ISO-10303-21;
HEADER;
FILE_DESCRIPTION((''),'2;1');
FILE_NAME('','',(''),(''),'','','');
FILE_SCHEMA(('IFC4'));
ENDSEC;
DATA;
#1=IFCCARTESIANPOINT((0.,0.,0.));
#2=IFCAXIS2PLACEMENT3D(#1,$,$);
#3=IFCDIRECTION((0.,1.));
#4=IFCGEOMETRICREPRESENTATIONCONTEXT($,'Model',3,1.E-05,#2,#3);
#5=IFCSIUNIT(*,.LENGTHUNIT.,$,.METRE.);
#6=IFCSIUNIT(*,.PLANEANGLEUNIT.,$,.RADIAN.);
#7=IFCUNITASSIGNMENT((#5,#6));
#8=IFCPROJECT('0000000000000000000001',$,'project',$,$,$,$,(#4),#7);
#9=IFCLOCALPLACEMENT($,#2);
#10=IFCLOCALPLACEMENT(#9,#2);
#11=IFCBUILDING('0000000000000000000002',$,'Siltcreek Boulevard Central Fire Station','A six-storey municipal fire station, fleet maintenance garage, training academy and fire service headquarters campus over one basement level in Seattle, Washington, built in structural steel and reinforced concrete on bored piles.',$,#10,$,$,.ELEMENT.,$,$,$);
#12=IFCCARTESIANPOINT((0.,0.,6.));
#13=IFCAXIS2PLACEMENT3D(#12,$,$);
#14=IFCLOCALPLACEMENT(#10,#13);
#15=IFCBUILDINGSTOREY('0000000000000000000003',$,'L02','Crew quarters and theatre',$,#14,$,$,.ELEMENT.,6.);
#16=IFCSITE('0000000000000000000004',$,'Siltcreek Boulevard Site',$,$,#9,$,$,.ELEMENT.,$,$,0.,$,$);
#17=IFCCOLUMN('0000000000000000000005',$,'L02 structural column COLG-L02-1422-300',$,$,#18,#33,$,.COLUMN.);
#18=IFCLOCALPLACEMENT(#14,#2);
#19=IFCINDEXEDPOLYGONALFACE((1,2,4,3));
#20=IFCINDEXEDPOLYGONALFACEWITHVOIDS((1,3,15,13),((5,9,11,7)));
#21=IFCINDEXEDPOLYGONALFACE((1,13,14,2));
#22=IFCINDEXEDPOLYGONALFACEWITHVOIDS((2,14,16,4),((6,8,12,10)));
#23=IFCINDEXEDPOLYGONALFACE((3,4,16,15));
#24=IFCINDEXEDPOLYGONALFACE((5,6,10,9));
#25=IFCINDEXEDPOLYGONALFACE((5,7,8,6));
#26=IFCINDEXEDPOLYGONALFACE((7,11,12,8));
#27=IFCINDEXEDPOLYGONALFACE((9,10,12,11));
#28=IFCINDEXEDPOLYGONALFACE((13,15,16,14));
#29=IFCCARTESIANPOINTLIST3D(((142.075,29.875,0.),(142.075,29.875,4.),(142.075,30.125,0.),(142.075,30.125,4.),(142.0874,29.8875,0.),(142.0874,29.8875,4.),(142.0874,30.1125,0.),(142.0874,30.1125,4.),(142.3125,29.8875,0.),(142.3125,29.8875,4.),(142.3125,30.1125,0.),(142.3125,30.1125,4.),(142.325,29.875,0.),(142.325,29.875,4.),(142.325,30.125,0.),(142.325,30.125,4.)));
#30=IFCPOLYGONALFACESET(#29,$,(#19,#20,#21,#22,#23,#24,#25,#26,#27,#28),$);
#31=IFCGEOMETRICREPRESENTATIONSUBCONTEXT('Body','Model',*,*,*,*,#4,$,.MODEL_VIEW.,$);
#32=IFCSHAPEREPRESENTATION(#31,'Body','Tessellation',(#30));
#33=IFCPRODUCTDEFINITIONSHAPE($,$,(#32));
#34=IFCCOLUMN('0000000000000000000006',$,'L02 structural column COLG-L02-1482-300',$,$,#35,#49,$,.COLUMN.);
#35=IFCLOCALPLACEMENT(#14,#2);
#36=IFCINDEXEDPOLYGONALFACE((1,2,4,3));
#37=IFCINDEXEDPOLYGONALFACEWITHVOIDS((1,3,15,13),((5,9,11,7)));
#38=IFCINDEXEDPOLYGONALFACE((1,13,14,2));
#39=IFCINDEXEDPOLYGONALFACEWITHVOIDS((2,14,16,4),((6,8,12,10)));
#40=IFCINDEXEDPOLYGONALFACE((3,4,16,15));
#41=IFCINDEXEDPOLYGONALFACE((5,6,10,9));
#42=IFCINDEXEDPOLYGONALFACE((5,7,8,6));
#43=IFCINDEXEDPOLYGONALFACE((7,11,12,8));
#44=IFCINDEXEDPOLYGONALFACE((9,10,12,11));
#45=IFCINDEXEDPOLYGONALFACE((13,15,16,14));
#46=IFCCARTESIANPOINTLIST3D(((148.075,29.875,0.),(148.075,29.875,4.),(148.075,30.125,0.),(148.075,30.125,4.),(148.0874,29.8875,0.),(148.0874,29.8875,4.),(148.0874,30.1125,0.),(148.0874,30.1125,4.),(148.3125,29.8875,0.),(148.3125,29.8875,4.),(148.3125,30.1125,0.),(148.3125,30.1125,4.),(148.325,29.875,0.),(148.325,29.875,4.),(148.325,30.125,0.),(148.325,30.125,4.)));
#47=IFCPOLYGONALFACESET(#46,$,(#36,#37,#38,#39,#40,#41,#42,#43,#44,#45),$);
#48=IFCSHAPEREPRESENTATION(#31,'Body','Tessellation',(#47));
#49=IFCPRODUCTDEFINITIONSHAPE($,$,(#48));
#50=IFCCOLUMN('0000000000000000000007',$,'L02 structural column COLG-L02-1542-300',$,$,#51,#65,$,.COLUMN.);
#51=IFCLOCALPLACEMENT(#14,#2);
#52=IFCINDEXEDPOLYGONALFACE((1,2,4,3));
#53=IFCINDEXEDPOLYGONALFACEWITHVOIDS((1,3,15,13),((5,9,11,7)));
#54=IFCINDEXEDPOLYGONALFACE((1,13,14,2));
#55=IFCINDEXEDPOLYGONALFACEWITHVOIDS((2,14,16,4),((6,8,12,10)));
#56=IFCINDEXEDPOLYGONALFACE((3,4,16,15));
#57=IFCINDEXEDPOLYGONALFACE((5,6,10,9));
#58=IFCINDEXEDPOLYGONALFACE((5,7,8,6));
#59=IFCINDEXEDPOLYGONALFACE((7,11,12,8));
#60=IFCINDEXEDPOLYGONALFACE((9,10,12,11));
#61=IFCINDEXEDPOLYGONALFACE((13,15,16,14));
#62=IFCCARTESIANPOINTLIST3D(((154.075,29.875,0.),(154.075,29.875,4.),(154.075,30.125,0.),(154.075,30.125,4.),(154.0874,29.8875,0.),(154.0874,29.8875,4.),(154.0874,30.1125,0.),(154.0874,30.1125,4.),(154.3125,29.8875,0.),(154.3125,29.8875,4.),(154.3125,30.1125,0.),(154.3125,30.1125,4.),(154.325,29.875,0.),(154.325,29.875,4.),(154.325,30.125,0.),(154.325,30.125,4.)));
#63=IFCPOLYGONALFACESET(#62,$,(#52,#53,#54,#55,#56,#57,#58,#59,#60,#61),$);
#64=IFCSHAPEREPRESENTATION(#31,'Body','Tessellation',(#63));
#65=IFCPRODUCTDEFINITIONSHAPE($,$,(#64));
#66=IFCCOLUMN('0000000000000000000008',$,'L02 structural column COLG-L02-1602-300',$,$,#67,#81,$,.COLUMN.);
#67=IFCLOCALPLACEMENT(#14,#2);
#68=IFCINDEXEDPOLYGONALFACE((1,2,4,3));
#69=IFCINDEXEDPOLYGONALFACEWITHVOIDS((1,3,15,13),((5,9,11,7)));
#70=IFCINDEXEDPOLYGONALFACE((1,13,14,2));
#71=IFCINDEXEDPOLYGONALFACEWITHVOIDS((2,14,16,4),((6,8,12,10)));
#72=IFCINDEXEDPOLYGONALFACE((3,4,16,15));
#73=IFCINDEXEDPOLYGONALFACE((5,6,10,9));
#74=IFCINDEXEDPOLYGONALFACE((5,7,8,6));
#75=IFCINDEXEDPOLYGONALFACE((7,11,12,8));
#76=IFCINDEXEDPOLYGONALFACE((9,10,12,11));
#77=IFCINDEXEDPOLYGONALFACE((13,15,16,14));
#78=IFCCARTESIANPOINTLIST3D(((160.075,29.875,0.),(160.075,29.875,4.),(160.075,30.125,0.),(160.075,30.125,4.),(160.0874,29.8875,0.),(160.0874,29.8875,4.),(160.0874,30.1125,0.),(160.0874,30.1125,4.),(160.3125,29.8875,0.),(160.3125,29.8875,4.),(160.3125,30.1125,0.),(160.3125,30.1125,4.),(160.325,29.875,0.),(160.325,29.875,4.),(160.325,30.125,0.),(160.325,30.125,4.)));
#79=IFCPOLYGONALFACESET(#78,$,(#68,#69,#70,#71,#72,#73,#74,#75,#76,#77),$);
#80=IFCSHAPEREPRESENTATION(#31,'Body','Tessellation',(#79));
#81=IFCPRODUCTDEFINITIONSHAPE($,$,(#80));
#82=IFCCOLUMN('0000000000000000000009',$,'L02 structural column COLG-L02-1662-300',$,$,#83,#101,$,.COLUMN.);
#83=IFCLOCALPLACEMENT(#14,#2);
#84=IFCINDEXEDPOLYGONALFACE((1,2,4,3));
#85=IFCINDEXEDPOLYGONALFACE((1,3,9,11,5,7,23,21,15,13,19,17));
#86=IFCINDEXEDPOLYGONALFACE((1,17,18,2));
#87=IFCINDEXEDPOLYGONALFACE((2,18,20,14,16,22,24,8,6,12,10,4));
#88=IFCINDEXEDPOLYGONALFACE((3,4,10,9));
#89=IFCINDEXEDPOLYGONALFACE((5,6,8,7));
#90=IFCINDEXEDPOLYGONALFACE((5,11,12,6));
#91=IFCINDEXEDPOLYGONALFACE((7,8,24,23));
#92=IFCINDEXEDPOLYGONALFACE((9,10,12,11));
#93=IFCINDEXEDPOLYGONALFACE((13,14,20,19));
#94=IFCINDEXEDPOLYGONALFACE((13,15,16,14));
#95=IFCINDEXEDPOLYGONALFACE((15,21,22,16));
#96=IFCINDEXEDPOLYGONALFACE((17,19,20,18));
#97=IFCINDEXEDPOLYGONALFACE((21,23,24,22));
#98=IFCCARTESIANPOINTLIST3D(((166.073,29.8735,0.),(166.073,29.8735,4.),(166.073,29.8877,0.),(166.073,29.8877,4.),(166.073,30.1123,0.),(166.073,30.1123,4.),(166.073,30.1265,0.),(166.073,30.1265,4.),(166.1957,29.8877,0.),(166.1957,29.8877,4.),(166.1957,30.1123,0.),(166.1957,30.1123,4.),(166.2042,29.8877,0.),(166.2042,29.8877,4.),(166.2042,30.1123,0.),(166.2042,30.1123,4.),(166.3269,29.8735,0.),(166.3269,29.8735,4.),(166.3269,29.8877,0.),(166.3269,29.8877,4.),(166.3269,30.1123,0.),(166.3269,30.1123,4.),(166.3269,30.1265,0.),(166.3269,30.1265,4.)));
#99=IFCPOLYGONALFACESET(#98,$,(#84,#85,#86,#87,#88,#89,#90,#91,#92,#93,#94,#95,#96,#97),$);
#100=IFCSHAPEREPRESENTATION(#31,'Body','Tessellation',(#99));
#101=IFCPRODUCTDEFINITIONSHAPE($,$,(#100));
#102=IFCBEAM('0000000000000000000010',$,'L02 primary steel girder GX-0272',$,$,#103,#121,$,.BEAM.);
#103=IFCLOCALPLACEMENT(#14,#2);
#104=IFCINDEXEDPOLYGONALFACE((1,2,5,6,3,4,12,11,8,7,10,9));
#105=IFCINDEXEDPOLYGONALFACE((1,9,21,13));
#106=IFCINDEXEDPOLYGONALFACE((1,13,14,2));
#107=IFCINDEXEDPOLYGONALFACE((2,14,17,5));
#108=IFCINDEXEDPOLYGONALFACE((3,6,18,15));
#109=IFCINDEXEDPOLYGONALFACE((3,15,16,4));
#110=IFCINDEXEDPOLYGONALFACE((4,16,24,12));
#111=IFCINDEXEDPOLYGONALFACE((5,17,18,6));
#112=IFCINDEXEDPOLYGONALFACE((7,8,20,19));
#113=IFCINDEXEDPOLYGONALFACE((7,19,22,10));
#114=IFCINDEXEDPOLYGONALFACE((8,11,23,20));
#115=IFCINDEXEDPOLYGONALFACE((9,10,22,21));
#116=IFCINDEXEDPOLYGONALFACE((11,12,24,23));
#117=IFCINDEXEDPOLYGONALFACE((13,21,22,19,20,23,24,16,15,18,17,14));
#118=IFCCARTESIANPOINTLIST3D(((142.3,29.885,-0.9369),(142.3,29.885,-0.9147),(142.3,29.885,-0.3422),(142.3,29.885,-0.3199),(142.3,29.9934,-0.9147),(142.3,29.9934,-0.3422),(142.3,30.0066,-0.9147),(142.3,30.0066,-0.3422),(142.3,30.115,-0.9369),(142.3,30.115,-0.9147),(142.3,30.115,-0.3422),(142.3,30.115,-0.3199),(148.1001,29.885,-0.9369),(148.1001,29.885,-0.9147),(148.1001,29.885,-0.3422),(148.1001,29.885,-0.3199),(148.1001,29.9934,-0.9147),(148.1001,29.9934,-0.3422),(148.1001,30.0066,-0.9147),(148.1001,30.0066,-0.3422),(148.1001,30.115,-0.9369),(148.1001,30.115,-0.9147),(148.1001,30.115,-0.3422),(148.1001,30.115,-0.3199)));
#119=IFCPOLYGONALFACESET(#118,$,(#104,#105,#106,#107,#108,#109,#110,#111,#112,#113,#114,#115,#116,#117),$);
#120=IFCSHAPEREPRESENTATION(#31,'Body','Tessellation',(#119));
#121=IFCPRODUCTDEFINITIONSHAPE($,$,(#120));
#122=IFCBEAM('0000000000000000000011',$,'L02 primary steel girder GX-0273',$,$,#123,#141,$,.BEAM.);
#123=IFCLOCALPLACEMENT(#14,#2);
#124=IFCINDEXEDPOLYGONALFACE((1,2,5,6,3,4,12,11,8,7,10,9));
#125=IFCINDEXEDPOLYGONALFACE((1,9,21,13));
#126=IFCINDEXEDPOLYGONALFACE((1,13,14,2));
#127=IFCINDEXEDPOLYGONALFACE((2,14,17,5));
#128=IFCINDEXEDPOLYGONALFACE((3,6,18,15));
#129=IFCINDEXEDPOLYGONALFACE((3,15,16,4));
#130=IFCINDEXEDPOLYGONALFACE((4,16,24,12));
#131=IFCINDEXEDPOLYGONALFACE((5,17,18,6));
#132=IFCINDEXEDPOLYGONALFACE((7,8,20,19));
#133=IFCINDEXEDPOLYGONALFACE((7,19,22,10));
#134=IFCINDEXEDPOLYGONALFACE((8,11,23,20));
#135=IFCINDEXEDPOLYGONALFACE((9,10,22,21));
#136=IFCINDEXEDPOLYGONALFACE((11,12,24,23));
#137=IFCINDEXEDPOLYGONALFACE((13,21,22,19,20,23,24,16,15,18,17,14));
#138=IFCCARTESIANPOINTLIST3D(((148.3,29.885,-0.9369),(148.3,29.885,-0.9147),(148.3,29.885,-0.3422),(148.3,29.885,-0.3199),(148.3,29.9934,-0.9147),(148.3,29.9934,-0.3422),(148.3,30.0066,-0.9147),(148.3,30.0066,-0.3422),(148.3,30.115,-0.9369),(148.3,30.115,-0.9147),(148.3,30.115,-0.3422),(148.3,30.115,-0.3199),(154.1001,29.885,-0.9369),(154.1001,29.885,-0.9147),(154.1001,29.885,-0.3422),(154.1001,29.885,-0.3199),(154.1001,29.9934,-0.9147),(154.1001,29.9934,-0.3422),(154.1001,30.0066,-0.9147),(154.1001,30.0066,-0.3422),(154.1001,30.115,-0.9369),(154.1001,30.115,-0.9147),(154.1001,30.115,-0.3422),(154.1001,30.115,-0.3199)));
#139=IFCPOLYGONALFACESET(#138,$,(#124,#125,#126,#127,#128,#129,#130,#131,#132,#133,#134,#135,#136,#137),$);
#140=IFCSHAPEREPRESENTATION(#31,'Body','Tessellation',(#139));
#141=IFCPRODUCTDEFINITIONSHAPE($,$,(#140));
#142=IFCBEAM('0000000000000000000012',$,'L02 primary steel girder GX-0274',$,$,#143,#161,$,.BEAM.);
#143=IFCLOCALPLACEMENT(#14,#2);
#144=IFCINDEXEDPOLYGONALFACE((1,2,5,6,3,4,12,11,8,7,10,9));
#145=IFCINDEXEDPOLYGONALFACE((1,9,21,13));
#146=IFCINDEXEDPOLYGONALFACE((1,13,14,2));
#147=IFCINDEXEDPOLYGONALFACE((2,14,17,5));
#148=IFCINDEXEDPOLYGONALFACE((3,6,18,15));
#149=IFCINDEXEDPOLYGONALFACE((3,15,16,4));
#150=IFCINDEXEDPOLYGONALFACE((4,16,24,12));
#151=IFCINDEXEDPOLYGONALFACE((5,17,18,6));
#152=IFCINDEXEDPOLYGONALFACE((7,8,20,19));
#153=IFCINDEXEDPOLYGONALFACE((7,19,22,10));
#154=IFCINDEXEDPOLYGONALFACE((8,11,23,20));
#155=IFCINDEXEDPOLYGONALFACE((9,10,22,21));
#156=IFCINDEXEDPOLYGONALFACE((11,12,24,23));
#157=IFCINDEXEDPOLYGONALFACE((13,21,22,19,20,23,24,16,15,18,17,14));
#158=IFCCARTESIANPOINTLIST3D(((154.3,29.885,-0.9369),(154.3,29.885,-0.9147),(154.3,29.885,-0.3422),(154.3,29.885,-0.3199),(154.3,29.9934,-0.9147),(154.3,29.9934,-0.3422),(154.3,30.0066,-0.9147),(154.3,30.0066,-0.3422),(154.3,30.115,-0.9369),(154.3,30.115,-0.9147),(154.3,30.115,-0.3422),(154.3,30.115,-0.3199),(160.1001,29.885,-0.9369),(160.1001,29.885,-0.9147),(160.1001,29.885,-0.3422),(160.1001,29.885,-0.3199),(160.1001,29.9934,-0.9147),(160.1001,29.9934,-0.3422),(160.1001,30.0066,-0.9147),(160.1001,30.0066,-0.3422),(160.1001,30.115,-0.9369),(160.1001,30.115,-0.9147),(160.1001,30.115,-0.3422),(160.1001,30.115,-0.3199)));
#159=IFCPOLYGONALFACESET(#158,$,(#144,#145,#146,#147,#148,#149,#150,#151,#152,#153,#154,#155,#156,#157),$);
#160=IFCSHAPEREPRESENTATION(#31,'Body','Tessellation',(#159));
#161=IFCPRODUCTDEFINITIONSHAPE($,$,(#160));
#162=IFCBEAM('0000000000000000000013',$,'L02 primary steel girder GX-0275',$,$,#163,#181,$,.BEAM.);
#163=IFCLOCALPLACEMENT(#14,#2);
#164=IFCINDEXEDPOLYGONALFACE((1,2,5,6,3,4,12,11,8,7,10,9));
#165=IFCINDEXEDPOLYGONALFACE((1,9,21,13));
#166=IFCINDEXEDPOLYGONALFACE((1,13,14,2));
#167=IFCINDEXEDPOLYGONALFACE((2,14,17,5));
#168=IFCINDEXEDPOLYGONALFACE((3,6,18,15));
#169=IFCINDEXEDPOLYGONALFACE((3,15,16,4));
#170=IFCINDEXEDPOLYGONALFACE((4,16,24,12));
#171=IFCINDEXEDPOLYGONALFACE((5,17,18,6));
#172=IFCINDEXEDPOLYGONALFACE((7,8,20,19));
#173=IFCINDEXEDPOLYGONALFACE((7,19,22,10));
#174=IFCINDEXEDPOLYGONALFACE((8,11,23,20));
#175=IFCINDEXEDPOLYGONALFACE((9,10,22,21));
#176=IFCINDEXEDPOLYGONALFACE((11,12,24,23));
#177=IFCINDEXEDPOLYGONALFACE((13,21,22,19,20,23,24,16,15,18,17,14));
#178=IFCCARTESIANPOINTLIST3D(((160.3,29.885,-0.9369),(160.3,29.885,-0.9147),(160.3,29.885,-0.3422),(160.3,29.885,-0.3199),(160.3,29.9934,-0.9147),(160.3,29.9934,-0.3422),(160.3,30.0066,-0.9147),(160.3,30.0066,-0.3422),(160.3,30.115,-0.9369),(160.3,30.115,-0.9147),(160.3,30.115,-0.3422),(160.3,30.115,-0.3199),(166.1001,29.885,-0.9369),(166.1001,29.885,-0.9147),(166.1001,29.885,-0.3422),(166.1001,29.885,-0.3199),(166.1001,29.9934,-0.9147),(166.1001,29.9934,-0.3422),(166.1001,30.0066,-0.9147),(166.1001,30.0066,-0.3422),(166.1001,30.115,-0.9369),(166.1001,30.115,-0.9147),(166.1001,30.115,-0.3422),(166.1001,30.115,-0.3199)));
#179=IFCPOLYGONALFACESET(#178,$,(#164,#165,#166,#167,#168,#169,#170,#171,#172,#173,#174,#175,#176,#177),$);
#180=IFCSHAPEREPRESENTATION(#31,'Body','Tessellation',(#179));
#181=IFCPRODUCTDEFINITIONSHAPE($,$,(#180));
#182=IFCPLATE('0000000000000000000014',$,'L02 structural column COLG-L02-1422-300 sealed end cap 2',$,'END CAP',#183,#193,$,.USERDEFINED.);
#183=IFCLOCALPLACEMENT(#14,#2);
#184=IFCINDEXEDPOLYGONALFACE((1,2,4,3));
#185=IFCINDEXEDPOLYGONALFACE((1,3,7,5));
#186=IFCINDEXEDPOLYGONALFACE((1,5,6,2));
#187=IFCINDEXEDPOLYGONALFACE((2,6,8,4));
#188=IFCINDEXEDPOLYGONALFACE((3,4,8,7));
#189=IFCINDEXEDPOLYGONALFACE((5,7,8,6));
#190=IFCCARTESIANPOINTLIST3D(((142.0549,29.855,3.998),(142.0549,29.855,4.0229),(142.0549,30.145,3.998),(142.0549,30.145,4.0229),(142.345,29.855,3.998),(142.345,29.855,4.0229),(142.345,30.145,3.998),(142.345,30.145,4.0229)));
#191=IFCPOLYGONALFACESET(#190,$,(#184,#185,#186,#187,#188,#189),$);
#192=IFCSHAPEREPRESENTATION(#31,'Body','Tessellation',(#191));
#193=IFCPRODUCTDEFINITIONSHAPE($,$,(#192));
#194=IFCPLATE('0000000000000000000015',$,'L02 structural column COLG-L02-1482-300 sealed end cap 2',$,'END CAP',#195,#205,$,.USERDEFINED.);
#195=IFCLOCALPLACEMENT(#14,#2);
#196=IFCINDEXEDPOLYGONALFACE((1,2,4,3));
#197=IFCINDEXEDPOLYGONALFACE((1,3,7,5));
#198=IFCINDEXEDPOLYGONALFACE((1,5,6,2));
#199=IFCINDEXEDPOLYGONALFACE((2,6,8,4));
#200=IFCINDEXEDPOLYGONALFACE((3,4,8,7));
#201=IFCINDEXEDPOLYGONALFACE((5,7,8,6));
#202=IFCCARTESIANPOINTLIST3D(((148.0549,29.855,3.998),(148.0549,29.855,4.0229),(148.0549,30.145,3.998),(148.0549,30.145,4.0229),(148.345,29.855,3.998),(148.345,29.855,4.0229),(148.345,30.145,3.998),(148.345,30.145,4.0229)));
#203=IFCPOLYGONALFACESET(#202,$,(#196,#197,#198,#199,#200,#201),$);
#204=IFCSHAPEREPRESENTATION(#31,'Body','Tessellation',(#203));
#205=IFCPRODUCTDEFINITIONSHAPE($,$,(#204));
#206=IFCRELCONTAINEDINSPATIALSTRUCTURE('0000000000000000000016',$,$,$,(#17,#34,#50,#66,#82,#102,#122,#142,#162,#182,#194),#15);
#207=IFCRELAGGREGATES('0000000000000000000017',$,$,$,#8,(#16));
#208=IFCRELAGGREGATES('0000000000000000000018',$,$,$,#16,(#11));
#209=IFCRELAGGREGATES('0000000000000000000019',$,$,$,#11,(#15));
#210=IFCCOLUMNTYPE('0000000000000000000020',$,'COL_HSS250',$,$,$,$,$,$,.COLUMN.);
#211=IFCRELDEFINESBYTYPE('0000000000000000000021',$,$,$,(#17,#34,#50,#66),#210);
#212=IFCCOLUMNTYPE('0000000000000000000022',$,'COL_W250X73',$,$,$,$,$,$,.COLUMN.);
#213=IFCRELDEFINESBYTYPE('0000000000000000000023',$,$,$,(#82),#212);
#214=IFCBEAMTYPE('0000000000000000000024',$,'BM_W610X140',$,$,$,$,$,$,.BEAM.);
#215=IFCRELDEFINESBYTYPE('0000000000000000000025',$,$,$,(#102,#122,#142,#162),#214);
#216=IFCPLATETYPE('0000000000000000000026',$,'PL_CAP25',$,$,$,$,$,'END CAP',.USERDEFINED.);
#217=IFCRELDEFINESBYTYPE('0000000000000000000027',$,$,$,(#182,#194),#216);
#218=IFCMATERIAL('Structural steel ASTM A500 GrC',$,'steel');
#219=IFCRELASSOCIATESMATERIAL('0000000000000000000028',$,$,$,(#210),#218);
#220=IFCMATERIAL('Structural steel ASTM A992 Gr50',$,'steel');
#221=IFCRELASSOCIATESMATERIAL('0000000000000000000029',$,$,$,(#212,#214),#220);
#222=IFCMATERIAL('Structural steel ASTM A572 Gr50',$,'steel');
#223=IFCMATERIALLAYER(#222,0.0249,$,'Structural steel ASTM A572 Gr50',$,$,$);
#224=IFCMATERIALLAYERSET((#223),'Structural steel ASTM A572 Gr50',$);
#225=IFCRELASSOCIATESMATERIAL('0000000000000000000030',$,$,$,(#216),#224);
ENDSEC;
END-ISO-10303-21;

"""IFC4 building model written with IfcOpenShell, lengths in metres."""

from ifc_helpers import new_model, si_unit, direction, frame, origin, origin_2d, place, context, subcontext, project, spatial, rectangle, hollow_rectangle, i_section, extrude, material, layer, layer_set, material_profile, profile_set, type_object, element, save


model = new_model("IFC4")

# Units and contexts
model_context = context("Model", 3, precision=1e-05, world=origin(), true_north=direction((0.0, 1.0)))
body_context = subcontext(model_context, "Body", "Model", "MODEL_VIEW")
ifc_project = project(units=[si_unit("LENGTHUNIT", "METRE"), si_unit("PLANEANGLEUNIT", "RADIAN")], contexts=[model_context])

# Site, building, storey
site_placement = place(None, origin())
site = spatial("IfcSite", under=ifc_project, at=site_placement, Name="Siltcreek Boulevard Site", CompositionType="ELEMENT", RefElevation=0.0)
building_placement = place(site_placement, origin())
building = spatial("IfcBuilding", under=site, at=building_placement, Name="Siltcreek Boulevard Central Fire Station", Description="A six-storey municipal fire station, fleet maintenance garage, training academy and fire service headquarters campus over one basement level in Seattle, Washington, built in structural steel and reinforced concrete on bored piles.", CompositionType="ELEMENT")
storey_placement = place(building_placement, frame((0.0, 0.0, 6.0)))
storey = spatial("IfcBuildingStorey", under=building, at=storey_placement, Name="L02", Description="Crew quarters and theatre", CompositionType="ELEMENT", Elevation=6.0)

# Columns
ifc_material_1 = material(Name="Structural steel ASTM A500 GrC", Category="steel")
ifc_material_profile_1 = material_profile(ifc_material_1, hollow_rectangle(XDim=0.25, YDim=0.25, WallThickness=0.0125, at=origin_2d()), Name="HSS250X250X12.5")
ifc_profile_set_1 = profile_set([ifc_material_profile_1], Name="Structural steel ASTM A500 GrC")
column_type_1 = type_object("IfcColumnType", Name="COL_HSS250", PredefinedType="COLUMN", material=ifc_profile_set_1)
for number, where, z_axis, x_axis, name in (
    (1, (142.2, 30.0, 0.0), (0.0, 0.0, 1.0), (1.0, 0.0, 0.0), "L02 structural column COLG-L02-1422-300"),
    (2, (148.2, 30.0, 0.0), (0.0, 0.0, 1.0), (1.0, 0.0, 0.0), "L02 structural column COLG-L02-1482-300"),
    (3, (154.2, 30.0, 0.0), (0.0, 0.0, 1.0), (1.0, 0.0, 0.0), "L02 structural column COLG-L02-1542-300"),
    (4, (160.2, 30.0, 0.0), (0.0, 0.0, 1.0), (1.0, 0.0, 0.0), "L02 structural column COLG-L02-1602-300"),
):
    element("IfcColumn", number, at=place(storey_placement, frame(where, z_axis=z_axis, x_axis=x_axis)), inside=storey, type_object=column_type_1, Name=name, PredefinedType="COLUMN", context=body_context, shape_type="SweptSolid", body=[
        extrude(hollow_rectangle(XDim=0.25, YDim=0.25, WallThickness=0.0125, at=origin_2d()), origin(), (0.0, 0.0, 1.0), 4.0),
    ])
ifc_material_2 = material(Name="Structural steel ASTM A992 Gr50", Category="steel")
ifc_material_profile_2 = material_profile(ifc_material_2, i_section(OverallWidth=0.2539, OverallDepth=0.2529, WebThickness=0.0085, FlangeThickness=0.0142, at=origin_2d()), Name="W250X73")
ifc_profile_set_2 = profile_set([ifc_material_profile_2], Name="Structural steel ASTM A992 Gr50")
column_type_2 = type_object("IfcColumnType", Name="COL_W250X73", PredefinedType="COLUMN", material=ifc_profile_set_2)
column_placement = place(storey_placement, frame((166.2, 30.0, 0.0), z_axis=(0.0, 0.0, 1.0), x_axis=(1.0, 0.0, 0.0)))
element("IfcColumn", 5, at=column_placement, inside=storey, type_object=column_type_2, Name="L02 structural column COLG-L02-1662-300", PredefinedType="COLUMN", context=body_context, shape_type="SweptSolid", body=[
    extrude(i_section(OverallWidth=0.2539, OverallDepth=0.2529, WebThickness=0.0085, FlangeThickness=0.0142, at=origin_2d()), origin(), (0.0, 0.0, 1.0), 4.0),
])

# Beams
ifc_material_profile_3 = material_profile(ifc_material_2, i_section(OverallWidth=0.23, OverallDepth=0.6169, WebThickness=0.0132, FlangeThickness=0.0222, at=origin_2d()), Name="W610X140")
ifc_profile_set_3 = profile_set([ifc_material_profile_3], Name="Structural steel ASTM A992 Gr50")
beam_type = type_object("IfcBeamType", Name="BM_W610X140", PredefinedType="BEAM", material=ifc_profile_set_3)
for number, where, z_axis, x_axis, name in (
    (6, (142.3, 30.0, -0.6284), (1.0, 0.0, 0.0), (0.0, 1.0, 0.0), "L02 primary steel girder GX-0272"),
    (7, (148.3, 30.0, -0.6284), (1.0, 0.0, 0.0), (0.0, 1.0, 0.0), "L02 primary steel girder GX-0273"),
    (8, (154.3, 30.0, -0.6284), (1.0, 0.0, 0.0), (0.0, 1.0, 0.0), "L02 primary steel girder GX-0274"),
    (9, (160.3, 30.0, -0.6284), (1.0, 0.0, 0.0), (0.0, 1.0, 0.0), "L02 primary steel girder GX-0275"),
):
    element("IfcBeam", number, at=place(storey_placement, frame(where, z_axis=z_axis, x_axis=x_axis)), inside=storey, type_object=beam_type, Name=name, PredefinedType="BEAM", context=body_context, shape_type="SweptSolid", body=[
        extrude(i_section(OverallWidth=0.23, OverallDepth=0.6169, WebThickness=0.0132, FlangeThickness=0.0222, at=origin_2d()), origin(), (0.0, 0.0, 1.0), 5.8),
    ])

# Plates
ifc_material_3 = material(Name="Structural steel ASTM A572 Gr50", Category="steel")
ifc_layer_1 = layer(ifc_material_3, 0.0249, Name="Structural steel ASTM A572 Gr50")
ifc_layer_set_1 = layer_set([ifc_layer_1], Name="Structural steel ASTM A572 Gr50")
plate_type = type_object("IfcPlateType", Name="PL_CAP25", ElementType="END CAP", PredefinedType="USERDEFINED", material=ifc_layer_set_1)
for number, where, z_axis, x_axis, name in (
    (10, (142.2, 30.0, 3.998), (0.0, 0.0, 1.0), (1.0, 0.0, 0.0), "L02 structural column COLG-L02-1422-300 sealed end cap 2"),
    (11, (148.2, 30.0, 3.998), (0.0, 0.0, 1.0), (1.0, 0.0, 0.0), "L02 structural column COLG-L02-1482-300 sealed end cap 2"),
):
    element("IfcPlate", number, at=place(storey_placement, frame(where, z_axis=z_axis, x_axis=x_axis)), inside=storey, type_object=plate_type, Name=name, ObjectType="END CAP", PredefinedType="USERDEFINED", context=body_context, shape_type="SweptSolid", body=[
        extrude(rectangle(XDim=0.29, YDim=0.29, at=origin_2d()), origin(), (0.0, 0.0, 1.0), 0.0249),
    ])

save(model, "model.ifc")
